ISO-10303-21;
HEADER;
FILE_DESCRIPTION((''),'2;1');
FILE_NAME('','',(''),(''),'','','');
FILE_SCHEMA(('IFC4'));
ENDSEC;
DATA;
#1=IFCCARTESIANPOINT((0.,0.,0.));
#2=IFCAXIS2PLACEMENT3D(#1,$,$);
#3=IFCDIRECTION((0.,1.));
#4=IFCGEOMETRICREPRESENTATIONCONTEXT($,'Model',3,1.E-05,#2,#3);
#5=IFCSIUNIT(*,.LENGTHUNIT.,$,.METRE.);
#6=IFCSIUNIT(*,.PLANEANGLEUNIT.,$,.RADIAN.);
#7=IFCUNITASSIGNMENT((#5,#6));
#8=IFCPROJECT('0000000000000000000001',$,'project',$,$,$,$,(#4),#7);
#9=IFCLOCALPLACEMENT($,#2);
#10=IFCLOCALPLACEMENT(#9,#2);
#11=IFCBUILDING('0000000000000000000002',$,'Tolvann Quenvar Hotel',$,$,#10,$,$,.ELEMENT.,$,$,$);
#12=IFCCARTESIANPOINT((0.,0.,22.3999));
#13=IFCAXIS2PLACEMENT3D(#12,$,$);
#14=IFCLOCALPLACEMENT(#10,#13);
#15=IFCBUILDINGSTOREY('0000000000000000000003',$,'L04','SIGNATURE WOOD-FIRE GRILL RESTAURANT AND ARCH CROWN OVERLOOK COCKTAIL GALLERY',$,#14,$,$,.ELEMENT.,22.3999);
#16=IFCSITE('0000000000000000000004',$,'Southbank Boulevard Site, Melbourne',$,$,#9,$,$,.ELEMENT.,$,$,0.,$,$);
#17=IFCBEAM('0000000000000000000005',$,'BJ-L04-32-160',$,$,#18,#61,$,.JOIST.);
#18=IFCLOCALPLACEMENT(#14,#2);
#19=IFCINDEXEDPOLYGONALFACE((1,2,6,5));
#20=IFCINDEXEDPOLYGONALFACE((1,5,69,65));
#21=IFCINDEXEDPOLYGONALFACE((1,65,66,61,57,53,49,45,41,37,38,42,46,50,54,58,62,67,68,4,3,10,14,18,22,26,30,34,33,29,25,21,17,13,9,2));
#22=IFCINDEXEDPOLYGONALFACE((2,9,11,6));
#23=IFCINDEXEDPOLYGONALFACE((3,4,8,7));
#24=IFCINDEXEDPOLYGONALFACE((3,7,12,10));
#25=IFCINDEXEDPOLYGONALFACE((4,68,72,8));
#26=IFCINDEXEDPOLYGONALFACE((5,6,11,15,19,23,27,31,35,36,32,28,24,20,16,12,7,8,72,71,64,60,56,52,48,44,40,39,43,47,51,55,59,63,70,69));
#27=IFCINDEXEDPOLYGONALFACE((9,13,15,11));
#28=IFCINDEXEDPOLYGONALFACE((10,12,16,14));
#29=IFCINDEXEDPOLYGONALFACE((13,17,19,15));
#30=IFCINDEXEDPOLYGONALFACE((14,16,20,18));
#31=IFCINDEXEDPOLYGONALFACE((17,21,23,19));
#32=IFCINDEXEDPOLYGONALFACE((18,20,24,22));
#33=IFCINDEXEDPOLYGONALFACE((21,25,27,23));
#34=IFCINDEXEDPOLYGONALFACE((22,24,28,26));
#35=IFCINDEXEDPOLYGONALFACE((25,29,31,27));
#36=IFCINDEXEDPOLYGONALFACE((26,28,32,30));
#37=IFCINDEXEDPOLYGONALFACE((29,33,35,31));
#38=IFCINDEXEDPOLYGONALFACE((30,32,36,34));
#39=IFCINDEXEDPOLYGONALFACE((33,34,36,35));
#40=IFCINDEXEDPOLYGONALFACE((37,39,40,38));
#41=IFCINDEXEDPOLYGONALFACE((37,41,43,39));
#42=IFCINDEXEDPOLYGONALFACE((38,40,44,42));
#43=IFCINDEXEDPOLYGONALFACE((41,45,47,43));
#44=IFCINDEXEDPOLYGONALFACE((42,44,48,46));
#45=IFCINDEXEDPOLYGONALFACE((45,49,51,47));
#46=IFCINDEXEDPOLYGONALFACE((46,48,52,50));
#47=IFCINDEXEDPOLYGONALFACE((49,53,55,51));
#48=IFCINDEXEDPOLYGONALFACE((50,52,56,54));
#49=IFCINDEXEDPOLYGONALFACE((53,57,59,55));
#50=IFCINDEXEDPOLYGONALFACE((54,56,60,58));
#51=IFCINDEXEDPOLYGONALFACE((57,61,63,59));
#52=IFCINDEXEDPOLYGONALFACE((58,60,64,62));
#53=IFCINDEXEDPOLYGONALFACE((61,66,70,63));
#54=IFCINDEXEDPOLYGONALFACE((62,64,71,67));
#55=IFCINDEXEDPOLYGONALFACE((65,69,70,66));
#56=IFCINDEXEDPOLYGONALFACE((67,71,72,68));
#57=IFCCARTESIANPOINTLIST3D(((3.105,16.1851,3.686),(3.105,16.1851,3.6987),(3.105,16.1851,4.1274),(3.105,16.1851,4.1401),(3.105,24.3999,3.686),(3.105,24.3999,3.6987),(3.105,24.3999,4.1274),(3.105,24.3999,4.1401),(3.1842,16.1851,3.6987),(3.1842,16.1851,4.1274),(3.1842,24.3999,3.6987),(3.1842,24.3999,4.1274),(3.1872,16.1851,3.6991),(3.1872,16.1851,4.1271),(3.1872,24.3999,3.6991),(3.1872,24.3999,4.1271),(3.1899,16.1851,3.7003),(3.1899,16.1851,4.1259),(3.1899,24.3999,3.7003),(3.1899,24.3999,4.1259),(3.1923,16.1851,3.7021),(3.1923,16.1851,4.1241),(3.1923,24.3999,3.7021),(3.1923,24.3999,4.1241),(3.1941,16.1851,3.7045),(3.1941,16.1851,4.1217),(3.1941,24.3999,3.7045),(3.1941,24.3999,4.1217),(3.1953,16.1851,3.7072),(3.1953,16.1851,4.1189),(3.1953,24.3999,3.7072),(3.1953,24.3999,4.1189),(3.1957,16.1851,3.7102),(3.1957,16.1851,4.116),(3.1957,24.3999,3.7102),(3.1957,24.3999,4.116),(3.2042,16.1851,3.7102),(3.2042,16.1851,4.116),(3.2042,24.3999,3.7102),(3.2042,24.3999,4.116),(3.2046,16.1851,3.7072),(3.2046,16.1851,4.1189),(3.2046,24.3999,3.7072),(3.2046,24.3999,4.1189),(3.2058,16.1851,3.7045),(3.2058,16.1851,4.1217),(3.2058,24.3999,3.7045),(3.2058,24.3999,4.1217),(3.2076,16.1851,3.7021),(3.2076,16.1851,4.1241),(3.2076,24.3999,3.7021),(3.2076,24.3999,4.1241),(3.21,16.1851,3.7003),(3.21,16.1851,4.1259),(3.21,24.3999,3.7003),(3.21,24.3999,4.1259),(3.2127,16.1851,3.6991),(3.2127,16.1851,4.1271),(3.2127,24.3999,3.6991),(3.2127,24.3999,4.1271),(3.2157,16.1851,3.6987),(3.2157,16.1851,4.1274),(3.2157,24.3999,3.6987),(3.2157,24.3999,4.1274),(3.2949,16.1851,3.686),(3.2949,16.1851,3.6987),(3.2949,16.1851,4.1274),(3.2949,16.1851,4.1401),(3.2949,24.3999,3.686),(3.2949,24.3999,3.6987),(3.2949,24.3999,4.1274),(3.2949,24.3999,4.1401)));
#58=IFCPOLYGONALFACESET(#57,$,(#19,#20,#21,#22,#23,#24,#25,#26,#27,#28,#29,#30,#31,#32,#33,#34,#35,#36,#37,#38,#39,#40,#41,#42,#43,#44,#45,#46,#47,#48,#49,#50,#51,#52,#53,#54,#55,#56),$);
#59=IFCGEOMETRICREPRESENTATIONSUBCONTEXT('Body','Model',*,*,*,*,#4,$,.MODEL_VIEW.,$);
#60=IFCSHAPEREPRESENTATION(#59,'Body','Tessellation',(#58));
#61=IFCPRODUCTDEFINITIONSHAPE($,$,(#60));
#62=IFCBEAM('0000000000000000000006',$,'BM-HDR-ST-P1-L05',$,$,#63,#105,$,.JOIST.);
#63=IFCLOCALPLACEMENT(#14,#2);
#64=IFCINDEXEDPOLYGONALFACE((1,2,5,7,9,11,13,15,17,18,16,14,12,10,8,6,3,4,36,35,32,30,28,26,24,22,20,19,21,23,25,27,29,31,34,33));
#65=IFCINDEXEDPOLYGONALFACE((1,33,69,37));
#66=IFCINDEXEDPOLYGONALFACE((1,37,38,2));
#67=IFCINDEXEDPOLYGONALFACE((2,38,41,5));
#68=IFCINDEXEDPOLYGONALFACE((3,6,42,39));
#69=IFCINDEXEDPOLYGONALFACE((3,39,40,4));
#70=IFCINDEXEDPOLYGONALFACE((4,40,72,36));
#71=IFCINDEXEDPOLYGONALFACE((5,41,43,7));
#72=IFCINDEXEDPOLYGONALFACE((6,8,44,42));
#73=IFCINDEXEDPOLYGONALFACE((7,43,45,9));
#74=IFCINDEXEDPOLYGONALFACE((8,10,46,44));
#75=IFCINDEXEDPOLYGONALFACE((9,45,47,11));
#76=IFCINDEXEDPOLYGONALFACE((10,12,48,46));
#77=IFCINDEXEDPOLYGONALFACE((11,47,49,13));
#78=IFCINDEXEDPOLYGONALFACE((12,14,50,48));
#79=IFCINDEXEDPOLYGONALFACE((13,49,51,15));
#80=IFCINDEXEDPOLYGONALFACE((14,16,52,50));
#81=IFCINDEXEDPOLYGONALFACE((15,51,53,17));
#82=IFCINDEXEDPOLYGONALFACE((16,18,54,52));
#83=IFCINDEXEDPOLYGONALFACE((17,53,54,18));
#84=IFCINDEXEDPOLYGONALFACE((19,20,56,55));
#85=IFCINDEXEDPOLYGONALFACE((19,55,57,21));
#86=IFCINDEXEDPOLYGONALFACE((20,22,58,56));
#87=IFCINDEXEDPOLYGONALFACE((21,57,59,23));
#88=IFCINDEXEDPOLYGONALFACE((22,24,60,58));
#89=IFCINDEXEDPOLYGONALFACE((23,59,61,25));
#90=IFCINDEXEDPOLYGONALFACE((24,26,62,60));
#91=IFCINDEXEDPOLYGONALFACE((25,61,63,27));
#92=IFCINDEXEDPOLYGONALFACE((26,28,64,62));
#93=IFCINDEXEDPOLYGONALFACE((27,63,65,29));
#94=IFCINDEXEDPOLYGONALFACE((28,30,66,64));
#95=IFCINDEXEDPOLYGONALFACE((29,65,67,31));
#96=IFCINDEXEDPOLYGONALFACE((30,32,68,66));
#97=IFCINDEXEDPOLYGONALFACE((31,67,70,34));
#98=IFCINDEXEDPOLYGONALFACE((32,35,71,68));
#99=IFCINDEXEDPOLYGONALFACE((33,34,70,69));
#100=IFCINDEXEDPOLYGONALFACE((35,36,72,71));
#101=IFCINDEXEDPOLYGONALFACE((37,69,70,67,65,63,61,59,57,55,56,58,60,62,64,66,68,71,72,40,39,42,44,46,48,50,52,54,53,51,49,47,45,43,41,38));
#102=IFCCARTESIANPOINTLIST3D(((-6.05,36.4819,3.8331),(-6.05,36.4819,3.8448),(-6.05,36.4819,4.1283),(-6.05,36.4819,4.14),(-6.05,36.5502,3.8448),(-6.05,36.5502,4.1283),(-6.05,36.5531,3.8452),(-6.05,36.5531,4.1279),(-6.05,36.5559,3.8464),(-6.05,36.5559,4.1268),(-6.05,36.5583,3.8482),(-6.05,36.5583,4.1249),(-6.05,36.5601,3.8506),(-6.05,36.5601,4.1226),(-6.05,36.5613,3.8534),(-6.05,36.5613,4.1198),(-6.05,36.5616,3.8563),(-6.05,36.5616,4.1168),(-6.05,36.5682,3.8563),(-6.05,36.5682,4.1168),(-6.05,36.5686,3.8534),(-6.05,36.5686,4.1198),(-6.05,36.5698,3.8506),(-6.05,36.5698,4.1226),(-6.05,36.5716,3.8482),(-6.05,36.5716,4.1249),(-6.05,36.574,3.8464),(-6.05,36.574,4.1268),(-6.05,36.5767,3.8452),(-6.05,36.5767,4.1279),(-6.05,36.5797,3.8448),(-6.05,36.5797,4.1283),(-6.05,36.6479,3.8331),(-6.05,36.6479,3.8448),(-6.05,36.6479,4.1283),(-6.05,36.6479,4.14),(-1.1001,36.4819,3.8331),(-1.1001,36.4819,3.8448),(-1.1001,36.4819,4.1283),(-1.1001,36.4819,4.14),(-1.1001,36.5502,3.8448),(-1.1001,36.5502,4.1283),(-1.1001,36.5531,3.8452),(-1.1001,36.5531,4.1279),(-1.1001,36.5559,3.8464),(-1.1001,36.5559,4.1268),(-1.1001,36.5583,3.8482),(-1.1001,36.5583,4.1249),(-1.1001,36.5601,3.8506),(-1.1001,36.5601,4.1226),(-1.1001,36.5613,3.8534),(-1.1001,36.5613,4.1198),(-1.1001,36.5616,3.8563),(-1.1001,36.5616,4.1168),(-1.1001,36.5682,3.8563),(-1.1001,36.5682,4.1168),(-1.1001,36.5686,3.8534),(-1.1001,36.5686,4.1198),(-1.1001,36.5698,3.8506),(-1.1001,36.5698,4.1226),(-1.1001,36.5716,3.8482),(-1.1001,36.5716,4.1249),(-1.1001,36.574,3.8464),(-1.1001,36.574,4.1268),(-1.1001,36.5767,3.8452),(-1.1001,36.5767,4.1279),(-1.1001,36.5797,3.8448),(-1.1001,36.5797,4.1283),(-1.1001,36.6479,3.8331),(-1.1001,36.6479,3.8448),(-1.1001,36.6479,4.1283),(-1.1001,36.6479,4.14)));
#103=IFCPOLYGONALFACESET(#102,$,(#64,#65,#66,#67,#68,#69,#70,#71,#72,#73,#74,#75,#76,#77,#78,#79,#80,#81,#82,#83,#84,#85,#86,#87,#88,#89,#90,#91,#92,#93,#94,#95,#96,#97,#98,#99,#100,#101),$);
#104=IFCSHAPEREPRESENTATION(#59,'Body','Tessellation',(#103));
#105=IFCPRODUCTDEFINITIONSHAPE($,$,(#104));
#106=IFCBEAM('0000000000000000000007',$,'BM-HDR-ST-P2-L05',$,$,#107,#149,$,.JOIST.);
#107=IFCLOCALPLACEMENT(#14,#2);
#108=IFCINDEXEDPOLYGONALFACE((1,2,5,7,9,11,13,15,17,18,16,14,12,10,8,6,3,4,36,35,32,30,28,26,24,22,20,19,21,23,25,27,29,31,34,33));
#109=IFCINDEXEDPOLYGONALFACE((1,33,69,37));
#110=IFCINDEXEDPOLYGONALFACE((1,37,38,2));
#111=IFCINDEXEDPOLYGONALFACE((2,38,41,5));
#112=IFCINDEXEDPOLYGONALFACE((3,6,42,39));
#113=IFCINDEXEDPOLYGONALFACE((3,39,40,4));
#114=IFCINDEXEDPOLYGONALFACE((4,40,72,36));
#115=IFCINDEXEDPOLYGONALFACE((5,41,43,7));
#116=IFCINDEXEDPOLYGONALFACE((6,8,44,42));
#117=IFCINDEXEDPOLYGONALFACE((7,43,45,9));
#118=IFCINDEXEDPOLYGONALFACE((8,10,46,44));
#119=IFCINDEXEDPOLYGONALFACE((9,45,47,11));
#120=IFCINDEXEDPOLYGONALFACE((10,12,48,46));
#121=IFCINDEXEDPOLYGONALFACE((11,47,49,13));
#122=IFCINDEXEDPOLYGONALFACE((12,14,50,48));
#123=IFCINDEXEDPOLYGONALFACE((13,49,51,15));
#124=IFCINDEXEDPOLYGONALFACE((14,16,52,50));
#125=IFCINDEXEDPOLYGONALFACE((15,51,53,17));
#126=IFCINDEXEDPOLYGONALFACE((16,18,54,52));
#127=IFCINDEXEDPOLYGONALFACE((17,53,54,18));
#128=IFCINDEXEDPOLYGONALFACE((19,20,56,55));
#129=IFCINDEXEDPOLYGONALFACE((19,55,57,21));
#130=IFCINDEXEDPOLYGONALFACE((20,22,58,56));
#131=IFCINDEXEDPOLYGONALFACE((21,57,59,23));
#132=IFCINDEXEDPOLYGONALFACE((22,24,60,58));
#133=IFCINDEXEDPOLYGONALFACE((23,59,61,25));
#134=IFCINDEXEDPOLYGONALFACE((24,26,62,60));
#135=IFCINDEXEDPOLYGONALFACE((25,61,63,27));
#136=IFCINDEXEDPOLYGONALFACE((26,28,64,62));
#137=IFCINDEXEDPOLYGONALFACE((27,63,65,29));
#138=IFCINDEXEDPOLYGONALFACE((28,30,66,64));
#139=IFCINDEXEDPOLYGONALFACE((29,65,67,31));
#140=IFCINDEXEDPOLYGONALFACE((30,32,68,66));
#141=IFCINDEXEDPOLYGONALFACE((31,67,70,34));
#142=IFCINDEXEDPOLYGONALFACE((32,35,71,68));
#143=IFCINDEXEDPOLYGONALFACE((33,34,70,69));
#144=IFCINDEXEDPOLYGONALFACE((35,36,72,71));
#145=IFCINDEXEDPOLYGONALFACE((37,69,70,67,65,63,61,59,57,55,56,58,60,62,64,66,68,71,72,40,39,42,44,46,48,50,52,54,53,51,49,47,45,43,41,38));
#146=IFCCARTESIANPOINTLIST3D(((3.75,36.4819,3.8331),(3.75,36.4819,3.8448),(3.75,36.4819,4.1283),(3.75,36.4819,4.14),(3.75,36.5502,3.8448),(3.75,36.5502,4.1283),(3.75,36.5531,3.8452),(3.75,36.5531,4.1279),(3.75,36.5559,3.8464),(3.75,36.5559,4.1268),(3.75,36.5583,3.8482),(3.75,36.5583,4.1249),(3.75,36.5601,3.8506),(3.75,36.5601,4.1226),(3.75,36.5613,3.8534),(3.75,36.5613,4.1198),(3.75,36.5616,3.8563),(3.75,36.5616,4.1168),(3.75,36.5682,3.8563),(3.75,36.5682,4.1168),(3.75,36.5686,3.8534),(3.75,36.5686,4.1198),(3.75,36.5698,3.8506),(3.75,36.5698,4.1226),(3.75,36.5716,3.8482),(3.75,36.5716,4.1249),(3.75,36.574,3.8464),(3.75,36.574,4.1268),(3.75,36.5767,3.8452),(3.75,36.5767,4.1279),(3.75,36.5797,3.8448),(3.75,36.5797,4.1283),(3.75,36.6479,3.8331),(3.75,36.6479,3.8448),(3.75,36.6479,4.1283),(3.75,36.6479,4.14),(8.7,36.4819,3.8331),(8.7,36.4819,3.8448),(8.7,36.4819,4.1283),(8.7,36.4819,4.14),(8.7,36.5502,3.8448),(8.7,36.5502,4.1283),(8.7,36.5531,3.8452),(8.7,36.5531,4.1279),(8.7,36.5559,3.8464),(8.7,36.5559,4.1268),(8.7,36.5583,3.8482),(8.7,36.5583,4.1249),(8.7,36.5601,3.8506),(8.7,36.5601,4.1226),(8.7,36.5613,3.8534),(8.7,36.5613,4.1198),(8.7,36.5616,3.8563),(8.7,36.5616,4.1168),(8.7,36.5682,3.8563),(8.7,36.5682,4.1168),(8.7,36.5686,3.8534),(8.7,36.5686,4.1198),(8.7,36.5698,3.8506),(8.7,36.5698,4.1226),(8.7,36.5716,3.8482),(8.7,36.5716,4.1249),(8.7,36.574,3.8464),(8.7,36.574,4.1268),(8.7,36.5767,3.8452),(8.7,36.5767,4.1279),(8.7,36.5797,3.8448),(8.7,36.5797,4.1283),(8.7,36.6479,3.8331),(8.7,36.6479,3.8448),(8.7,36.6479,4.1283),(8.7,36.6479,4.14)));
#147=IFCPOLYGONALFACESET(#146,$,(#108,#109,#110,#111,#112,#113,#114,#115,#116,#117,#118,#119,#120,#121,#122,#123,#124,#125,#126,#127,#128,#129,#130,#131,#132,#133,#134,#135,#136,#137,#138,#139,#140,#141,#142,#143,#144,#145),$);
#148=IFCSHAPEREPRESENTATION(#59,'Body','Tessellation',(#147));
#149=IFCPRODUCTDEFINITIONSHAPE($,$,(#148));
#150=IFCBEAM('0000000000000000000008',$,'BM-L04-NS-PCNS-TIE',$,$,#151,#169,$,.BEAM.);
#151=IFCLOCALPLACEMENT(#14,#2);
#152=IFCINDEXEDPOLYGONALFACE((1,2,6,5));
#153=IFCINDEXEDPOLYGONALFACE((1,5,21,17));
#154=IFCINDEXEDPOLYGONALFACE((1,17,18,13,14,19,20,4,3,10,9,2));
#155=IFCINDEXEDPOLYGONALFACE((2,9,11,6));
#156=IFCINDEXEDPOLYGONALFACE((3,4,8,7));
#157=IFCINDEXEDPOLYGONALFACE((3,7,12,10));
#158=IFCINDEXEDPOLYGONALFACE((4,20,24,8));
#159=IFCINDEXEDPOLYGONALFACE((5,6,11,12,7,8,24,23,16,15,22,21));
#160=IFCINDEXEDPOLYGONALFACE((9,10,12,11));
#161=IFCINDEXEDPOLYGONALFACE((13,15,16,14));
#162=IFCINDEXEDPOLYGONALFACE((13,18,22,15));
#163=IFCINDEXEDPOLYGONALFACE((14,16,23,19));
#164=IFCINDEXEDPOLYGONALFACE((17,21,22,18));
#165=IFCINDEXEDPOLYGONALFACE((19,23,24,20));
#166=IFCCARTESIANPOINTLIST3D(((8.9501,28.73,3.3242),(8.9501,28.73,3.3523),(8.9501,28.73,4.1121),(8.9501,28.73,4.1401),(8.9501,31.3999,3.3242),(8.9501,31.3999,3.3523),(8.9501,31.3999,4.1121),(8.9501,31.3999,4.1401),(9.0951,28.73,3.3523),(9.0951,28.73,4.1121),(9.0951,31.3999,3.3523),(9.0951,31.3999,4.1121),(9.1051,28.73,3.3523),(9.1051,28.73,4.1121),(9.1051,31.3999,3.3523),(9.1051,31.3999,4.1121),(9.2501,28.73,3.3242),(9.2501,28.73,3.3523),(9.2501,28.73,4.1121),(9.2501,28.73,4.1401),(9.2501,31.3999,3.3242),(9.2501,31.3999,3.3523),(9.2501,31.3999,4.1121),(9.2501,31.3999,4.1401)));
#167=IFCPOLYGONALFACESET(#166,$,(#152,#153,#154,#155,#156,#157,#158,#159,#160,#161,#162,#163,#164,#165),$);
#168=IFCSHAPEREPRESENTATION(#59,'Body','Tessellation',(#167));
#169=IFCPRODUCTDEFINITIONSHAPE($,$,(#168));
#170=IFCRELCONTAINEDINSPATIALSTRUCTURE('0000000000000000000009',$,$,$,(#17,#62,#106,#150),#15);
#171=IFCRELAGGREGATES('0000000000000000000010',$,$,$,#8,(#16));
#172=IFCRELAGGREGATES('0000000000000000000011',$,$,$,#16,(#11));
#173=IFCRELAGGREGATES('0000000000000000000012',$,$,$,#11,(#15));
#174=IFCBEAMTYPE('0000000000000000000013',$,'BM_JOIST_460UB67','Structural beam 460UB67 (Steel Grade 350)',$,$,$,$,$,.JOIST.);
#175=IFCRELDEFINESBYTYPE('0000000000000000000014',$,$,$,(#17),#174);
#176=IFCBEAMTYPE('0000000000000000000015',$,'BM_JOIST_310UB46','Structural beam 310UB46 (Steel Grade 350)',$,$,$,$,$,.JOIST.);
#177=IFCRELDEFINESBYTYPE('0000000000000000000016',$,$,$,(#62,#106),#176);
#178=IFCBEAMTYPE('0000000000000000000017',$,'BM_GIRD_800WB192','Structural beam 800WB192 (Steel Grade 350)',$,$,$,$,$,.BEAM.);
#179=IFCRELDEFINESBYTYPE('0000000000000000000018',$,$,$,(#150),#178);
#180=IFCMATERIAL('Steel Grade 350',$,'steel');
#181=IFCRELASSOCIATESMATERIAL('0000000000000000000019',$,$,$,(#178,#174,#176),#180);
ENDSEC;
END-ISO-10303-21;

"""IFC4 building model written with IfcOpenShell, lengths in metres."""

from ifc_helpers import new_model, si_unit, direction, frame, origin, origin_2d, place, context, subcontext, project, spatial, i_section, extrude, source, transform, mapped, material, material_profile, profile_set, type_object, type_shapes, element, save


model = new_model("IFC4")

# Units and contexts
model_context = context("Model", 3, precision=1e-05, world=origin(), true_north=direction((0.0, 1.0)))
body_context = subcontext(model_context, "Body", "Model", "MODEL_VIEW")
ifc_project = project(units=[si_unit("LENGTHUNIT", "METRE"), si_unit("PLANEANGLEUNIT", "RADIAN")], contexts=[model_context])

# Site, building, storey
site_placement = place(None, origin())
site = spatial("IfcSite", under=ifc_project, at=site_placement, Name="Southbank Boulevard Site, Melbourne", CompositionType="ELEMENT", RefElevation=0.0)
building_placement = place(site_placement, origin())
building = spatial("IfcBuilding", under=site, at=building_placement, Name="Tolvann Quenvar Hotel", CompositionType="ELEMENT")
storey_placement = place(building_placement, frame((0.0, 0.0, 22.3999)))
storey = spatial("IfcBuildingStorey", under=building, at=storey_placement, Name="L04", Description="SIGNATURE WOOD-FIRE GRILL RESTAURANT AND ARCH CROWN OVERLOOK COCKTAIL GALLERY", CompositionType="ELEMENT", Elevation=22.3999)

# Shared definitions
ifc_material_1 = material(Name="Steel Grade 350", Category="steel")

# Beams
ifc_material_profile_1 = material_profile(ifc_material_1, i_section(OverallWidth=0.3, OverallDepth=0.8159, WebThickness=0.01, FlangeThickness=0.0281, at=origin_2d()), Name="800WB192")
ifc_profile_set_1 = profile_set([ifc_material_profile_1], Name="Steel Grade 350")
beam_type_1 = type_object("IfcBeamType", Name="BM_GIRD_800WB192", Description="Structural beam 800WB192 (Steel Grade 350)", PredefinedType="BEAM", material=ifc_profile_set_1)
ifc_material_profile_2 = material_profile(ifc_material_1, i_section(OverallWidth=0.1899, OverallDepth=0.4541, WebThickness=0.0085, FlangeThickness=0.0127, FilletRadius=0.0115, at=origin_2d()), Name="460UB67")
ifc_profile_set_2 = profile_set([ifc_material_profile_2], Name="Steel Grade 350")
beam_type_2 = type_object("IfcBeamType", Name="BM_JOIST_460UB67", Description="Structural beam 460UB67 (Steel Grade 350)", PredefinedType="JOIST", material=ifc_profile_set_2)
shared_shape_1 = source(origin(), body_context, "Body", "SweptSolid", [
    extrude(i_section(OverallWidth=0.1899, OverallDepth=0.4541, WebThickness=0.0085, FlangeThickness=0.0127, FilletRadius=0.0115, at=origin_2d()), origin(), (0.0, 0.0, 1.0), 8.2148),
])
type_shapes(beam_type_2, [shared_shape_1])
for number, where, z_axis, x_axis, name in (
    (1, (3.2, 16.1851, 3.9131), (0.0, 1.0, 0.0), (-1.0, 0.0, 0.0), "BJ-L04-32-160"),
):
    element("IfcBeam", number, at=place(storey_placement, frame(where, z_axis=z_axis, x_axis=x_axis)), inside=storey, type_object=beam_type_2, Name=name, PredefinedType="JOIST", context=body_context, shape_type="MappedRepresentation", body=[
        mapped(shared_shape_1, transform((0.0, 0.0, 0.0), x_axis=(1.0, 0.0, 0.0), y_axis=(0.0, 1.0, 0.0), z_axis=(0.0, 0.0, 1.0), scale=1.0)),
    ])
ifc_material_profile_3 = material_profile(ifc_material_1, i_section(OverallWidth=0.166, OverallDepth=0.3069, WebThickness=0.0066, FlangeThickness=0.0117, FilletRadius=0.0115, at=origin_2d()), Name="310UB46")
ifc_profile_set_3 = profile_set([ifc_material_profile_3], Name="Steel Grade 350")
beam_type_3 = type_object("IfcBeamType", Name="BM_JOIST_310UB46", Description="Structural beam 310UB46 (Steel Grade 350)", PredefinedType="JOIST", material=ifc_profile_set_3)
shared_shape_2 = source(origin(), body_context, "Body", "SweptSolid", [
    extrude(i_section(OverallWidth=0.166, OverallDepth=0.3069, WebThickness=0.0066, FlangeThickness=0.0117, FilletRadius=0.0115, at=origin_2d()), origin(), (0.0, 0.0, 1.0), 4.95),
])
type_shapes(beam_type_3, [shared_shape_2])
for number, where, z_axis, x_axis, name in (
    (2, (-6.05, 36.5649, 3.9866), (1.0, 0.0, 0.0), (0.0, 1.0, 0.0), "BM-HDR-ST-P1-L05"),
    (3, (3.75, 36.5649, 3.9866), (1.0, 0.0, 0.0), (0.0, 1.0, 0.0), "BM-HDR-ST-P2-L05"),
):
    element("IfcBeam", number, at=place(storey_placement, frame(where, z_axis=z_axis, x_axis=x_axis)), inside=storey, type_object=beam_type_3, Name=name, PredefinedType="JOIST", context=body_context, shape_type="MappedRepresentation", body=[
        mapped(shared_shape_2, transform((0.0, 0.0, 0.0), x_axis=(1.0, 0.0, 0.0), y_axis=(0.0, 1.0, 0.0), z_axis=(0.0, 0.0, 1.0), scale=1.0)),
    ])
shared_shape_3 = source(origin(), body_context, "Body", "SweptSolid", [
    extrude(i_section(OverallWidth=0.3, OverallDepth=0.8159, WebThickness=0.01, FlangeThickness=0.0281, at=origin_2d()), origin(), (0.0, 0.0, 1.0), 2.6699),
])
beam_1_placement = place(storey_placement, frame((9.1001, 28.73, 3.7322), z_axis=(0.0, 1.0, 0.0), x_axis=(-1.0, 0.0, 0.0)))
element("IfcBeam", 4, at=beam_1_placement, inside=storey, type_object=beam_type_1, Name="BM-L04-NS-PCNS-TIE", PredefinedType="BEAM", context=body_context, shape_type="MappedRepresentation", body=[
    mapped(shared_shape_3, transform((0.0, 0.0, 0.0), x_axis=(1.0, 0.0, 0.0), y_axis=(0.0, 1.0, 0.0), z_axis=(0.0, 0.0, 1.0), scale=1.0)),
])

save(model, "model.ifc")
